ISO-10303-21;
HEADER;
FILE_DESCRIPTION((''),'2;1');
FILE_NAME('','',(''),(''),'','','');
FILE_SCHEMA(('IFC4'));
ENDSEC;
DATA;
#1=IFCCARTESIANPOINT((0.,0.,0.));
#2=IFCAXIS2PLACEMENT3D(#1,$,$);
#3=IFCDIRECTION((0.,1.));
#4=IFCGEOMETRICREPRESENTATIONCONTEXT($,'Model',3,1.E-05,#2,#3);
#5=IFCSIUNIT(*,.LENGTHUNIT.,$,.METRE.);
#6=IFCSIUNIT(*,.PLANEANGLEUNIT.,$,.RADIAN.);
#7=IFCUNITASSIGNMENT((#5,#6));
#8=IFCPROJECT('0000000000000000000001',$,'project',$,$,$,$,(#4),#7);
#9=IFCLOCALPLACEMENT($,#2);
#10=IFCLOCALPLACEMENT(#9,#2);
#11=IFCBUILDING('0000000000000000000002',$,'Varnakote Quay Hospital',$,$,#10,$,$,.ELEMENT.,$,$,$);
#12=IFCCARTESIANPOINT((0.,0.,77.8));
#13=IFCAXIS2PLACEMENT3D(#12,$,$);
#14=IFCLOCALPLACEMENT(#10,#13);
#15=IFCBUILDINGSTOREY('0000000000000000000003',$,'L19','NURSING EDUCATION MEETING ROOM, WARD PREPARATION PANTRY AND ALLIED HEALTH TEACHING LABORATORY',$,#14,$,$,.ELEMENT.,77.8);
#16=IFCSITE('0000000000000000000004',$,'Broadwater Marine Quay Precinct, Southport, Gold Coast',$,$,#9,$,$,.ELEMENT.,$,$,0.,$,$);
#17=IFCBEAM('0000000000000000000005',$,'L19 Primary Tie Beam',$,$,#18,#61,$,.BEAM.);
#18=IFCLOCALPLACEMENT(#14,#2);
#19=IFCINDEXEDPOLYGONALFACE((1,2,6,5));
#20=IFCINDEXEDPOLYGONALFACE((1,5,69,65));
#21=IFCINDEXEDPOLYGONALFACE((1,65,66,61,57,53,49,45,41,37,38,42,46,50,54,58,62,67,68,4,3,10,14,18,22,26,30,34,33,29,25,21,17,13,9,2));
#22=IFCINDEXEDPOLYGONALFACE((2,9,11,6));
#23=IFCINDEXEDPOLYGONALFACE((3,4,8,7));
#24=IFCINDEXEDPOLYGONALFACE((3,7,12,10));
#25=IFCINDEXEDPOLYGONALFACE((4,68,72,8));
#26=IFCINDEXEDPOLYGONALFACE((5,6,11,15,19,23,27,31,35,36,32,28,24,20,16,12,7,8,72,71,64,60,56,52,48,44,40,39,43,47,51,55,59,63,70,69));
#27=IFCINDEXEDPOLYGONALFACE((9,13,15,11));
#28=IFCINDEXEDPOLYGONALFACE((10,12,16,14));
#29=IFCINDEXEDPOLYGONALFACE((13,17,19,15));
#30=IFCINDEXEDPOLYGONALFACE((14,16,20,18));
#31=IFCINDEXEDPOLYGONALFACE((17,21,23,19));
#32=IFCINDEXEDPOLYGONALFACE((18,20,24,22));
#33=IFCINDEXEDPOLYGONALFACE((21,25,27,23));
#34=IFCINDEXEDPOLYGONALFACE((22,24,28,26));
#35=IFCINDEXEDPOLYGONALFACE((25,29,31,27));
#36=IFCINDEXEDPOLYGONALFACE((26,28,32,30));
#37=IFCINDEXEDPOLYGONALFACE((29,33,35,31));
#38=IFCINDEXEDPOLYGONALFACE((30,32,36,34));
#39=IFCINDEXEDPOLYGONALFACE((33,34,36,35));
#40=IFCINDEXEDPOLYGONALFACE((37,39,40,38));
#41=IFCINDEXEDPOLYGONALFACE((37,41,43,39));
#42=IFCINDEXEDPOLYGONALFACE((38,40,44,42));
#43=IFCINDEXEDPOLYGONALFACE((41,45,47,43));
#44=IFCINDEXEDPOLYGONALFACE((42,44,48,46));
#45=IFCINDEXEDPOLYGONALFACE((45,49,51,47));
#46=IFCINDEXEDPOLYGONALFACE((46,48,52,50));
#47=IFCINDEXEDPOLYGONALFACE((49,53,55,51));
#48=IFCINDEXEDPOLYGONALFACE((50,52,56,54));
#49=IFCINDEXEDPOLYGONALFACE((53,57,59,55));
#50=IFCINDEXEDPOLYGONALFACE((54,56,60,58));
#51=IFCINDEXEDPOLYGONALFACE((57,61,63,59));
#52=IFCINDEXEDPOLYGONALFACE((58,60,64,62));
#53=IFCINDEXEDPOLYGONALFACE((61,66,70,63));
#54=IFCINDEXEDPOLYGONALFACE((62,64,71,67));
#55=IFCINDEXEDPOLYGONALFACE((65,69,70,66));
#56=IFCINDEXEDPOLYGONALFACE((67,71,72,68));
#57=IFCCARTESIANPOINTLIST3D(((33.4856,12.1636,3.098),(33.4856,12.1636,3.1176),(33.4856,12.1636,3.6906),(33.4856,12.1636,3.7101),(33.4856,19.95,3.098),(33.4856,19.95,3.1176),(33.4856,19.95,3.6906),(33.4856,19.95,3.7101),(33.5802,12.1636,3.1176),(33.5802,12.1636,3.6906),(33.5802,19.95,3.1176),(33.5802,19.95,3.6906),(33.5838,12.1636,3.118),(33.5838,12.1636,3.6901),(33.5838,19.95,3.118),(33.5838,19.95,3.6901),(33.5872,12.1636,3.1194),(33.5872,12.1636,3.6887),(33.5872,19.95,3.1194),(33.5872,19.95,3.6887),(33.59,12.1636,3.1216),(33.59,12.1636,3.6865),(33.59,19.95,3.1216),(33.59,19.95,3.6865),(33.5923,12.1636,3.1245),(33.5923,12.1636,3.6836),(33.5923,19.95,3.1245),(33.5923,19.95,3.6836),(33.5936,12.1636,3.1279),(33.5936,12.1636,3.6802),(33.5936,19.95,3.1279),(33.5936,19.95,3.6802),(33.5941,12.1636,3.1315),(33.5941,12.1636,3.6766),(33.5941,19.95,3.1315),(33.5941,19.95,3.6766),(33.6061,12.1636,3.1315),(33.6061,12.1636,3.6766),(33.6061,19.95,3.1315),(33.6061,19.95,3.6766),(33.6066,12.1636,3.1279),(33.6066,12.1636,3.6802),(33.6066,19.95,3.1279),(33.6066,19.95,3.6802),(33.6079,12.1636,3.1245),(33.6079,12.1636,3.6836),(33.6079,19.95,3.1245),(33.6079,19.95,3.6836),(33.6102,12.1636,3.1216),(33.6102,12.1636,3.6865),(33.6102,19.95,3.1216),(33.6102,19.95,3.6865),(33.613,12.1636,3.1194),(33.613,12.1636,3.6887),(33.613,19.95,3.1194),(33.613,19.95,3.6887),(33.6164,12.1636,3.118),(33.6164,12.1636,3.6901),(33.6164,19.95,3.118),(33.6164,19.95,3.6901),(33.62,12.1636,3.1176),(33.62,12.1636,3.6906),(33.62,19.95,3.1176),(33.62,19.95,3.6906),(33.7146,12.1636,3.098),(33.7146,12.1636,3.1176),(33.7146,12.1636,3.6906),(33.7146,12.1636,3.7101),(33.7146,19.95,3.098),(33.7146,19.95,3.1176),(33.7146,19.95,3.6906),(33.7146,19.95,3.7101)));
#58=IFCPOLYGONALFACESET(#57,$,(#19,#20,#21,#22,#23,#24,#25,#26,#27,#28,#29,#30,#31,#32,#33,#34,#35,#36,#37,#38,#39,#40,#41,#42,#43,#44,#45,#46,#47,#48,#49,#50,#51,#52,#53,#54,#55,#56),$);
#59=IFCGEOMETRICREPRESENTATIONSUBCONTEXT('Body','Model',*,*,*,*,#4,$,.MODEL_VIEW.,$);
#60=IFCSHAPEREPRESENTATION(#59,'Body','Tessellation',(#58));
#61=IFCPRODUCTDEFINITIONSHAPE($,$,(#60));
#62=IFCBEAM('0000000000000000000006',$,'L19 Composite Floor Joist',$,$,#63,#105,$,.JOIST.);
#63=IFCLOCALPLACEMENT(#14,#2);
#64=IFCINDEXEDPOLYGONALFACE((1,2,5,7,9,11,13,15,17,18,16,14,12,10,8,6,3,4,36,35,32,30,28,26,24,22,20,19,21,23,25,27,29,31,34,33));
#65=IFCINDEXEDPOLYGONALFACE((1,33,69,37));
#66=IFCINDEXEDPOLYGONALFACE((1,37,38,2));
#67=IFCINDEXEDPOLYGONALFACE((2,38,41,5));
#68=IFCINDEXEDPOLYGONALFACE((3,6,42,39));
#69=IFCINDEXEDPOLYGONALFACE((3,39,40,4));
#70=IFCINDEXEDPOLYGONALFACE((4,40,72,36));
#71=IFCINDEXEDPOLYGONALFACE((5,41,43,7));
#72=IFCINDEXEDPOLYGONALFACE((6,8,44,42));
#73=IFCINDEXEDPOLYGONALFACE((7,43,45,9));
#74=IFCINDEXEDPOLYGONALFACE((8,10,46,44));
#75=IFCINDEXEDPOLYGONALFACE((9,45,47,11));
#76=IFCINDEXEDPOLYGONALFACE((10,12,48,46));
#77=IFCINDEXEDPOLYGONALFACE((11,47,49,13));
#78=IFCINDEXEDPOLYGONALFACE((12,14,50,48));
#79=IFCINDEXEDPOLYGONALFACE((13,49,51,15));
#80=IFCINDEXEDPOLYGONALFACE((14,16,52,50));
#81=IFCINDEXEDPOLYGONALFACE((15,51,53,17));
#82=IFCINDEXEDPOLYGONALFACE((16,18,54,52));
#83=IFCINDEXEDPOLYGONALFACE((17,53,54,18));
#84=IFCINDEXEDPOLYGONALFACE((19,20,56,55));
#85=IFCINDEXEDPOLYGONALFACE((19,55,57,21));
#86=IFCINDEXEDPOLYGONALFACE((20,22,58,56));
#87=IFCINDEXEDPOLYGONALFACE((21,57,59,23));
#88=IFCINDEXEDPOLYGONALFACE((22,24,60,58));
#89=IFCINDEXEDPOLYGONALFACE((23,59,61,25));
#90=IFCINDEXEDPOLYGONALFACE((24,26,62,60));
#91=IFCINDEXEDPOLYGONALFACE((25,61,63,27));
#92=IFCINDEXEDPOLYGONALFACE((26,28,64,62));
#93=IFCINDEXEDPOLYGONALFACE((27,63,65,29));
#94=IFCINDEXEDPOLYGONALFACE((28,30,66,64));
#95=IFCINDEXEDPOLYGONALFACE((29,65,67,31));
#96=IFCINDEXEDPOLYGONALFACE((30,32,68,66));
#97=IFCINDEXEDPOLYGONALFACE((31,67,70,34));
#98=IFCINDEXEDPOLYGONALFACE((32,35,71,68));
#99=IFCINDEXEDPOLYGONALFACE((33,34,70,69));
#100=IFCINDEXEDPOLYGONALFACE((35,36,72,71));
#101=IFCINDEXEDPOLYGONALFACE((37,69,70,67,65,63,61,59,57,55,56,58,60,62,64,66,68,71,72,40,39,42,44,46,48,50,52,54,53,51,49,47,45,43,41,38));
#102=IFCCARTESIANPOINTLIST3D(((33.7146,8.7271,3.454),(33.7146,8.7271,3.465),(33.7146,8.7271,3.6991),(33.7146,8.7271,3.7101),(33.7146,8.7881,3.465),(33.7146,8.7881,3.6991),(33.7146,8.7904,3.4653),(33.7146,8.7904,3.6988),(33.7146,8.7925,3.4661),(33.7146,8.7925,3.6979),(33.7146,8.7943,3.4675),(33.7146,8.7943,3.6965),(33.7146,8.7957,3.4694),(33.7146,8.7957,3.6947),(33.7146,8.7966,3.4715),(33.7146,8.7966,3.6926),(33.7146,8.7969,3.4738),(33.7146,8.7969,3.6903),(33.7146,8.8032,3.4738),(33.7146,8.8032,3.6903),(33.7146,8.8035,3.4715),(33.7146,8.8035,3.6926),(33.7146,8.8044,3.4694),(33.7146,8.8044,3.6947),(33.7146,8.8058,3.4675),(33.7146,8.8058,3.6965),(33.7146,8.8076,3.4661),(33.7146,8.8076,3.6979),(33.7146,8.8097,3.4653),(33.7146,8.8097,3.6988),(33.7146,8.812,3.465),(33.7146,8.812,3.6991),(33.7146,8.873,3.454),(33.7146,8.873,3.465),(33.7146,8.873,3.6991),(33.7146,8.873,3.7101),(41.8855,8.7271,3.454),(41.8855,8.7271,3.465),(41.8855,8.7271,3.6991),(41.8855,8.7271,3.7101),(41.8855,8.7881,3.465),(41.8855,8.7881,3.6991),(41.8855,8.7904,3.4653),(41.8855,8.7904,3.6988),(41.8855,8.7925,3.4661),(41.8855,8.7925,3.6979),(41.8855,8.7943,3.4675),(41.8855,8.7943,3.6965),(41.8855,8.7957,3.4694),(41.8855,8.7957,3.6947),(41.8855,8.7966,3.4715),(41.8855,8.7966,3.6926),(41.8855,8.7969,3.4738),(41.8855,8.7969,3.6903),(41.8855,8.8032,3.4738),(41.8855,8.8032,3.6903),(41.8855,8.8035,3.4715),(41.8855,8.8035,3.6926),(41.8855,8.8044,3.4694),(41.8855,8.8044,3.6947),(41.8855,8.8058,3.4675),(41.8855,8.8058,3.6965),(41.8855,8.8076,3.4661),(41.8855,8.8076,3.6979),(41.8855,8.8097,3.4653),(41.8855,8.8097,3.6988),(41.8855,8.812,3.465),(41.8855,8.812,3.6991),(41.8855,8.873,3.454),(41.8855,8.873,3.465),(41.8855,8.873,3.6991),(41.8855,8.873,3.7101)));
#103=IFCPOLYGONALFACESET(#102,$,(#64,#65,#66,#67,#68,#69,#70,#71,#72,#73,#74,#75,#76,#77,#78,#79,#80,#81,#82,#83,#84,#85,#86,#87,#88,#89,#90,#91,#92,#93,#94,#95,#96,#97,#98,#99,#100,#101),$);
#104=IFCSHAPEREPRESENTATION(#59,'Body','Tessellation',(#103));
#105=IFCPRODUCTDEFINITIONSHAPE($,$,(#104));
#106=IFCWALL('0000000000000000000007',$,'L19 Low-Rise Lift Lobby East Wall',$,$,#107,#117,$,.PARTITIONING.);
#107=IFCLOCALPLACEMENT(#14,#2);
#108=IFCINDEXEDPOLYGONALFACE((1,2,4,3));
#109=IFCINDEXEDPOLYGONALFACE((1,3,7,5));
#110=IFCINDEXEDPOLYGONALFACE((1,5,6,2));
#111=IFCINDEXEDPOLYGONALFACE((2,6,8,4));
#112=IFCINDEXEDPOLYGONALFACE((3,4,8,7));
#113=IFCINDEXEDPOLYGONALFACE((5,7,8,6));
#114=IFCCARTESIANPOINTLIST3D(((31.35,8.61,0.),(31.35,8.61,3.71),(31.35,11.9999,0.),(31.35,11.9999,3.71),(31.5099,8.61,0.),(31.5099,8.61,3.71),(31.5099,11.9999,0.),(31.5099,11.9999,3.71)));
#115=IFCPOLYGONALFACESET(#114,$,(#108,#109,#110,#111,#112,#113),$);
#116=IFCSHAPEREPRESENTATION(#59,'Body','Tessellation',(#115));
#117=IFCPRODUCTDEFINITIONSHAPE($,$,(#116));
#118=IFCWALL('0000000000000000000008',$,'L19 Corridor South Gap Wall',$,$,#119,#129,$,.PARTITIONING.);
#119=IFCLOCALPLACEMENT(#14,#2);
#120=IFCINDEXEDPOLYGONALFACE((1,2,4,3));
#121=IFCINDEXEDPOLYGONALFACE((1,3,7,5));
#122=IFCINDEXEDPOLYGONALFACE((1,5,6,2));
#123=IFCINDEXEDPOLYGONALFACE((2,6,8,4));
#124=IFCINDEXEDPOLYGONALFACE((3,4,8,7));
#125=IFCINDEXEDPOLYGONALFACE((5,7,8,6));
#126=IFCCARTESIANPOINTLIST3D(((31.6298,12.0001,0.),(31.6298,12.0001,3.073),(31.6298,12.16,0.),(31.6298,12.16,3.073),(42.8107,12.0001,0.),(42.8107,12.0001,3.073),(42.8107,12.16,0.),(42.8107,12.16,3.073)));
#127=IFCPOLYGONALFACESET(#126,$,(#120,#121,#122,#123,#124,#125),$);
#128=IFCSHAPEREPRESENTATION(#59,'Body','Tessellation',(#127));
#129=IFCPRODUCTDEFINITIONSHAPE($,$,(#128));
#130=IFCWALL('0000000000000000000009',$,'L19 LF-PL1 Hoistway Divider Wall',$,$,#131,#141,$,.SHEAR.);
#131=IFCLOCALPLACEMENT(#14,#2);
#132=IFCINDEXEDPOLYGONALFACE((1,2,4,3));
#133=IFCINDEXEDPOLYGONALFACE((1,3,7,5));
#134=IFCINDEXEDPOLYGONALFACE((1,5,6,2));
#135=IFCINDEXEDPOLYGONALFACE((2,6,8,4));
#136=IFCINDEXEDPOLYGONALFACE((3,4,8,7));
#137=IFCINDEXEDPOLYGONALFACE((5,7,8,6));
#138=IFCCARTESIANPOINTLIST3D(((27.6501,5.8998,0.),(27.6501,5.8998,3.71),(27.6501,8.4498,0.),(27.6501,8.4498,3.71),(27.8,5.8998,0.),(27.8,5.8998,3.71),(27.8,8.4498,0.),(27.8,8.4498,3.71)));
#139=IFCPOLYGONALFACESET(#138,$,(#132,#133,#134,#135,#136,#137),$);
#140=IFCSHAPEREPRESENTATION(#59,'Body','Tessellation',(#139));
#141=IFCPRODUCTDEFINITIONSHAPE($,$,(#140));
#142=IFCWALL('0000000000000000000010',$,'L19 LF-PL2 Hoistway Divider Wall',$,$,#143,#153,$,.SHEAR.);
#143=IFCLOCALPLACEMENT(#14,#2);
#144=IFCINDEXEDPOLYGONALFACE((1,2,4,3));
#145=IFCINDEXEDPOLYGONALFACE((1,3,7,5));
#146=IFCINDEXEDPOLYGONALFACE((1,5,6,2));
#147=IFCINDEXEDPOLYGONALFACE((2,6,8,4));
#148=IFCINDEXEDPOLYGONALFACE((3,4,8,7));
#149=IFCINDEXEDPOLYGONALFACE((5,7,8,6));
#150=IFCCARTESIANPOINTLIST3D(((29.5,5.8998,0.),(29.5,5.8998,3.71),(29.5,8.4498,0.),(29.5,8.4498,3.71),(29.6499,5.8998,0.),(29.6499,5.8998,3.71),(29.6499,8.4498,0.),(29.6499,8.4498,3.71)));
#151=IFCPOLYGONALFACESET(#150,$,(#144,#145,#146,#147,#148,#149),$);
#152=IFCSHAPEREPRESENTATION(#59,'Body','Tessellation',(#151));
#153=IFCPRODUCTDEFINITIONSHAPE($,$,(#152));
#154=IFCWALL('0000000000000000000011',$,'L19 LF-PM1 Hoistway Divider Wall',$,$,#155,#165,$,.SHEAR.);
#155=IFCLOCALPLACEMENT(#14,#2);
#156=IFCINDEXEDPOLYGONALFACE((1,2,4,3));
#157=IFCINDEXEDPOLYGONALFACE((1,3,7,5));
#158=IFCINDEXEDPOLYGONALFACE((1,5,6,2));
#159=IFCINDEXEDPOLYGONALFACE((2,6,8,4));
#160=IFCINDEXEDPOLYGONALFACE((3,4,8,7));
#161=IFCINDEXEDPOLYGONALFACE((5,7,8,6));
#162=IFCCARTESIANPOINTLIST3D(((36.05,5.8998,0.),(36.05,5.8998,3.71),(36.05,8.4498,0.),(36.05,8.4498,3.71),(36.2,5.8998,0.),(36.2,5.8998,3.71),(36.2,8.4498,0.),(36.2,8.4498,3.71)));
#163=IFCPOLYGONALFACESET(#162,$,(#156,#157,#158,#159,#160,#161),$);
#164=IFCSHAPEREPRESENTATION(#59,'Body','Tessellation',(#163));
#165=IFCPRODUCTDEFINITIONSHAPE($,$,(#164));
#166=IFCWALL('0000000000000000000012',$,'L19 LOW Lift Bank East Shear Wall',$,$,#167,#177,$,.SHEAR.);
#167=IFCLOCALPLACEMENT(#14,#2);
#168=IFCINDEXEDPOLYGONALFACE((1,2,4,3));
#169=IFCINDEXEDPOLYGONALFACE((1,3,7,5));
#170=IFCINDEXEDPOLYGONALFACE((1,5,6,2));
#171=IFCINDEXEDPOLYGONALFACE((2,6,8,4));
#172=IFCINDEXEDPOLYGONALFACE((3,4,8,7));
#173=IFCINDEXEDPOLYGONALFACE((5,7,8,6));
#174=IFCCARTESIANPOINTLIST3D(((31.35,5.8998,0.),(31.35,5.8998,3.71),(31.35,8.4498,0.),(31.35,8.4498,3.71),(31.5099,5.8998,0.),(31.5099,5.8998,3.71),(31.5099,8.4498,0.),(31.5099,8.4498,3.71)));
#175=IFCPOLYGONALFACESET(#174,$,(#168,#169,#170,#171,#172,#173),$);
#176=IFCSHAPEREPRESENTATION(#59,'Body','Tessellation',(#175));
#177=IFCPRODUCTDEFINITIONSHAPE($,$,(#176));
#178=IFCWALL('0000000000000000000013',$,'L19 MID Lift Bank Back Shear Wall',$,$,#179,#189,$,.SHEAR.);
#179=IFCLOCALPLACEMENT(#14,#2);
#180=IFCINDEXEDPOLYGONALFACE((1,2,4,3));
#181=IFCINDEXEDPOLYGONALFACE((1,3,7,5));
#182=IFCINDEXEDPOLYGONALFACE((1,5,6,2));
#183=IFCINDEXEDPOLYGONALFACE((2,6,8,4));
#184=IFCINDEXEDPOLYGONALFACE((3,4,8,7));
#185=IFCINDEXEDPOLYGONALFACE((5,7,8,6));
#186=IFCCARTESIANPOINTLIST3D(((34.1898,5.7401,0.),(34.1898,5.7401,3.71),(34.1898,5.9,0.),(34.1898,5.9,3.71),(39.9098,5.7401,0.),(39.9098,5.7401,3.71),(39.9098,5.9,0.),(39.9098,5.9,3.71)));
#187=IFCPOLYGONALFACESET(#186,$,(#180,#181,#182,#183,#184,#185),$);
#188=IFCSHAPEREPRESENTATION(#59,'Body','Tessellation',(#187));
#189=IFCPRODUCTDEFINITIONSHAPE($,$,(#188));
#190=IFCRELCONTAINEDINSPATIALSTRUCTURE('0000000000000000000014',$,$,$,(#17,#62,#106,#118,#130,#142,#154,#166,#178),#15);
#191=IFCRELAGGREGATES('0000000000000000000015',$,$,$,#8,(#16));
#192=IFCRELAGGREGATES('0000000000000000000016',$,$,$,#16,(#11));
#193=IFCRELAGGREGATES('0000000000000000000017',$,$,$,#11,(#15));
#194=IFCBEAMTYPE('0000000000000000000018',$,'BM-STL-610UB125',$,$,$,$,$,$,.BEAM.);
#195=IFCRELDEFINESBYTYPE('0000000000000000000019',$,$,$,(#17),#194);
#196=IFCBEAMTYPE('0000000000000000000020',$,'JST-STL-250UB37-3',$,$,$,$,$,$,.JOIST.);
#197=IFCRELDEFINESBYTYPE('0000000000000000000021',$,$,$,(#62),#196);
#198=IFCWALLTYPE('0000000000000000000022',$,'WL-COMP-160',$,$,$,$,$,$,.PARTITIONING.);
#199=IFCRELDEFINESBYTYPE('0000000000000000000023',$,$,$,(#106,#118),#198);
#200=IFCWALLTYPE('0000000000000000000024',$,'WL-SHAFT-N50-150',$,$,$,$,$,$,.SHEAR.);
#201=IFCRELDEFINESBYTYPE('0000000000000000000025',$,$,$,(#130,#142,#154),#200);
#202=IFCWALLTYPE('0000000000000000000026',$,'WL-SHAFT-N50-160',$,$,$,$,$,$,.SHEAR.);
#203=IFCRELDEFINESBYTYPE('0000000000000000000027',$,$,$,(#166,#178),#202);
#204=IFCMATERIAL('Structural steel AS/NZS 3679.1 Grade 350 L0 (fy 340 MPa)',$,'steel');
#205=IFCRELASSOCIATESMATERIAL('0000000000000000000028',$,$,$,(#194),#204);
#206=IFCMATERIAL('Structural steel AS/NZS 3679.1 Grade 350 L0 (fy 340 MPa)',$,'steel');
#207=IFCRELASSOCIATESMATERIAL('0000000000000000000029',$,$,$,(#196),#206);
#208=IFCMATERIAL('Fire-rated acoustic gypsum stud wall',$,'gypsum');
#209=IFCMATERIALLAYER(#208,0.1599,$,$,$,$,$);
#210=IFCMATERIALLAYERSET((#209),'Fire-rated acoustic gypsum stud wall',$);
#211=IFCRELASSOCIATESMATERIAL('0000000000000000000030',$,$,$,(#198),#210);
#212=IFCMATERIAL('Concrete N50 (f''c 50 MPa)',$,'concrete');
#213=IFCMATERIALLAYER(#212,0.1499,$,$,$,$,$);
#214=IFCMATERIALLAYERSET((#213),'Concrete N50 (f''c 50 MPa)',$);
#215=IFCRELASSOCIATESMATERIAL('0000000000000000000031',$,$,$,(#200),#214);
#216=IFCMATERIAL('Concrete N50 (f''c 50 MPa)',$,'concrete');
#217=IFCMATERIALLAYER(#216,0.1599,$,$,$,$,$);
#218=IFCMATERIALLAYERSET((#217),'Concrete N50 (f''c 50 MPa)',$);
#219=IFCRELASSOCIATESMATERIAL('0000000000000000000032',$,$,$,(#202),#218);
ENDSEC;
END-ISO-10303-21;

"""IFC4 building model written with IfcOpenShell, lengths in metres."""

from ifc_helpers import new_model, si_unit, direction, frame, frame_2d, origin, origin_2d, place, context, subcontext, project, spatial, rectangle, i_section, extrude, material, layer, layer_set, material_profile, profile_set, type_object, element, save


model = new_model("IFC4")

# Units and contexts
model_context = context("Model", 3, precision=1e-05, world=origin(), true_north=direction((0.0, 1.0)))
body_context = subcontext(model_context, "Body", "Model", "MODEL_VIEW")
ifc_project = project(units=[si_unit("LENGTHUNIT", "METRE"), si_unit("PLANEANGLEUNIT", "RADIAN")], contexts=[model_context])

# Site, building, storey
site_placement = place(None, origin())
site = spatial("IfcSite", under=ifc_project, at=site_placement, Name="Broadwater Marine Quay Precinct, Southport, Gold Coast", CompositionType="ELEMENT", RefElevation=0.0)
building_placement = place(site_placement, origin())
building = spatial("IfcBuilding", under=site, at=building_placement, Name="Varnakote Quay Hospital", CompositionType="ELEMENT")
storey_placement = place(building_placement, frame((0.0, 0.0, 77.8)))
storey = spatial("IfcBuildingStorey", under=building, at=storey_placement, Name="L19", Description="NURSING EDUCATION MEETING ROOM, WARD PREPARATION PANTRY AND ALLIED HEALTH TEACHING LABORATORY", CompositionType="ELEMENT", Elevation=77.8)

# Beams
ifc_material_1 = material(Name="Structural steel AS/NZS 3679.1 Grade 350 L0 (fy 340 MPa)", Category="steel")
ifc_material_profile_1 = material_profile(ifc_material_1, i_section(OverallWidth=0.229, OverallDepth=0.6121, WebThickness=0.012, FlangeThickness=0.0195, FilletRadius=0.0139, at=origin_2d()), Name="610UB125")
ifc_profile_set_1 = profile_set([ifc_material_profile_1], Name="Structural steel AS/NZS 3679.1 Grade 350 L0 (fy 340 MPa)")
beam_type_1 = type_object("IfcBeamType", Name="BM-STL-610UB125", PredefinedType="BEAM", material=ifc_profile_set_1)
beam_1_placement = place(storey_placement, frame((33.6001, 12.1636, 3.4041), z_axis=(0.0, 1.0, 0.0), x_axis=(-1.0, 0.0, 0.0)))
element("IfcBeam", 1, at=beam_1_placement, inside=storey, type_object=beam_type_1, Name="L19 Primary Tie Beam", PredefinedType="BEAM", context=body_context, shape_type="SweptSolid", body=[
    extrude(i_section(OverallWidth=0.229, OverallDepth=0.6121, WebThickness=0.012, FlangeThickness=0.0195, FilletRadius=0.0139, at=origin_2d()), origin(), (0.0, 0.0, 1.0), 7.7864),
])
ifc_material_2 = material(Name="Structural steel AS/NZS 3679.1 Grade 350 L0 (fy 340 MPa)", Category="steel")
ifc_material_profile_2 = material_profile(ifc_material_2, i_section(OverallWidth=0.146, OverallDepth=0.2561, WebThickness=0.0063, FlangeThickness=0.011, FilletRadius=0.0088, at=origin_2d()), Name="250UB37.3")
ifc_profile_set_2 = profile_set([ifc_material_profile_2], Name="Structural steel AS/NZS 3679.1 Grade 350 L0 (fy 340 MPa)")
beam_type_2 = type_object("IfcBeamType", Name="JST-STL-250UB37-3", PredefinedType="JOIST", material=ifc_profile_set_2)
beam_2_placement = place(storey_placement, frame((33.7146, 8.8, 3.582), z_axis=(1.0, 0.0, 0.0), x_axis=(0.0, 1.0, 0.0)))
element("IfcBeam", 2, at=beam_2_placement, inside=storey, type_object=beam_type_2, Name="L19 Composite Floor Joist", PredefinedType="JOIST", context=body_context, shape_type="SweptSolid", body=[
    extrude(i_section(OverallWidth=0.146, OverallDepth=0.2561, WebThickness=0.0063, FlangeThickness=0.011, FilletRadius=0.0088, at=origin_2d()), origin(), (0.0, 0.0, 1.0), 8.1709),
])

# Walls
ifc_material_3 = material(Name="Fire-rated acoustic gypsum stud wall", Category="gypsum")
ifc_layer_1 = layer(ifc_material_3, 0.1599)
ifc_layer_set_1 = layer_set([ifc_layer_1], Name="Fire-rated acoustic gypsum stud wall")
wall_type_1 = type_object("IfcWallType", Name="WL-COMP-160", PredefinedType="PARTITIONING", material=ifc_layer_set_1)
wall_1_placement = place(storey_placement, frame((31.4299, 8.6101, 0.0), z_axis=(0.0, 0.0, 1.0), x_axis=(0.0, 1.0, 0.0)))
element("IfcWall", 3, at=wall_1_placement, inside=storey, type_object=wall_type_1, Name="L19 Low-Rise Lift Lobby East Wall", PredefinedType="PARTITIONING", context=body_context, shape_type="SweptSolid", body=[
    extrude(rectangle(XDim=3.3899, YDim=0.1599, at=frame_2d((1.6948, 0.0))), origin(), (0.0, 0.0, 1.0), 3.71),
])
wall_2_placement = place(storey_placement, frame((31.6299, 12.0801, 0.0), z_axis=(0.0, 0.0, 1.0), x_axis=(1.0, 0.0, 0.0)))
element("IfcWall", 4, at=wall_2_placement, inside=storey, type_object=wall_type_1, Name="L19 Corridor South Gap Wall", PredefinedType="PARTITIONING", context=body_context, shape_type="SweptSolid", body=[
    extrude(rectangle(XDim=11.1809, YDim=0.1599, at=frame_2d((5.5903, 0.0))), origin(), (0.0, 0.0, 1.0), 3.073),
])
ifc_material_4 = material(Name="Concrete N50 (f'c 50 MPa)", Category="concrete")
ifc_layer_2 = layer(ifc_material_4, 0.1499)
ifc_layer_set_2 = layer_set([ifc_layer_2], Name="Concrete N50 (f'c 50 MPa)")
wall_type_2 = type_object("IfcWallType", Name="WL-SHAFT-N50-150", PredefinedType="SHEAR", material=ifc_layer_set_2)
for number, where, z_axis, x_axis, name in (
    (5, (27.7251, 5.8999, 0.0), (0.0, 0.0, 1.0), (0.0, 1.0, 0.0), "L19 LF-PL1 Hoistway Divider Wall"),
    (6, (29.575, 5.8999, 0.0), (0.0, 0.0, 1.0), (0.0, 1.0, 0.0), "L19 LF-PL2 Hoistway Divider Wall"),
    (7, (36.125, 5.8999, 0.0), (0.0, 0.0, 1.0), (0.0, 1.0, 0.0), "L19 LF-PM1 Hoistway Divider Wall"),
):
    element("IfcWall", number, at=place(storey_placement, frame(where, z_axis=z_axis, x_axis=x_axis)), inside=storey, type_object=wall_type_2, Name=name, PredefinedType="SHEAR", context=body_context, shape_type="SweptSolid", body=[
        extrude(rectangle(XDim=2.55, YDim=0.1499, at=frame_2d((1.2749, 0.0))), origin(), (0.0, 0.0, 1.0), 3.71),
    ])
ifc_material_5 = material(Name="Concrete N50 (f'c 50 MPa)", Category="concrete")
ifc_layer_3 = layer(ifc_material_5, 0.1599)
ifc_layer_set_3 = layer_set([ifc_layer_3], Name="Concrete N50 (f'c 50 MPa)")
wall_type_3 = type_object("IfcWallType", Name="WL-SHAFT-N50-160", PredefinedType="SHEAR", material=ifc_layer_set_3)
wall_3_placement = place(storey_placement, frame((31.4299, 5.8999, 0.0), z_axis=(0.0, 0.0, 1.0), x_axis=(0.0, 1.0, 0.0)))
element("IfcWall", 8, at=wall_3_placement, inside=storey, type_object=wall_type_3, Name="L19 LOW Lift Bank East Shear Wall", PredefinedType="SHEAR", context=body_context, shape_type="SweptSolid", body=[
    extrude(rectangle(XDim=2.55, YDim=0.1599, at=frame_2d((1.2749, 0.0))), origin(), (0.0, 0.0, 1.0), 3.71),
])

# Wall
wall_4_placement = place(storey_placement, frame((34.1899, 5.8201, 0.0), z_axis=(0.0, 0.0, 1.0), x_axis=(1.0, 0.0, 0.0)))
element("IfcWall", 9, at=wall_4_placement, inside=storey, type_object=wall_type_3, Name="L19 MID Lift Bank Back Shear Wall", PredefinedType="SHEAR", context=body_context, shape_type="SweptSolid", body=[
    extrude(rectangle(XDim=5.72, YDim=0.1599, at=frame_2d((2.8599, 0.0))), origin(), (0.0, 0.0, 1.0), 3.71),
])

save(model, "model.ifc")
